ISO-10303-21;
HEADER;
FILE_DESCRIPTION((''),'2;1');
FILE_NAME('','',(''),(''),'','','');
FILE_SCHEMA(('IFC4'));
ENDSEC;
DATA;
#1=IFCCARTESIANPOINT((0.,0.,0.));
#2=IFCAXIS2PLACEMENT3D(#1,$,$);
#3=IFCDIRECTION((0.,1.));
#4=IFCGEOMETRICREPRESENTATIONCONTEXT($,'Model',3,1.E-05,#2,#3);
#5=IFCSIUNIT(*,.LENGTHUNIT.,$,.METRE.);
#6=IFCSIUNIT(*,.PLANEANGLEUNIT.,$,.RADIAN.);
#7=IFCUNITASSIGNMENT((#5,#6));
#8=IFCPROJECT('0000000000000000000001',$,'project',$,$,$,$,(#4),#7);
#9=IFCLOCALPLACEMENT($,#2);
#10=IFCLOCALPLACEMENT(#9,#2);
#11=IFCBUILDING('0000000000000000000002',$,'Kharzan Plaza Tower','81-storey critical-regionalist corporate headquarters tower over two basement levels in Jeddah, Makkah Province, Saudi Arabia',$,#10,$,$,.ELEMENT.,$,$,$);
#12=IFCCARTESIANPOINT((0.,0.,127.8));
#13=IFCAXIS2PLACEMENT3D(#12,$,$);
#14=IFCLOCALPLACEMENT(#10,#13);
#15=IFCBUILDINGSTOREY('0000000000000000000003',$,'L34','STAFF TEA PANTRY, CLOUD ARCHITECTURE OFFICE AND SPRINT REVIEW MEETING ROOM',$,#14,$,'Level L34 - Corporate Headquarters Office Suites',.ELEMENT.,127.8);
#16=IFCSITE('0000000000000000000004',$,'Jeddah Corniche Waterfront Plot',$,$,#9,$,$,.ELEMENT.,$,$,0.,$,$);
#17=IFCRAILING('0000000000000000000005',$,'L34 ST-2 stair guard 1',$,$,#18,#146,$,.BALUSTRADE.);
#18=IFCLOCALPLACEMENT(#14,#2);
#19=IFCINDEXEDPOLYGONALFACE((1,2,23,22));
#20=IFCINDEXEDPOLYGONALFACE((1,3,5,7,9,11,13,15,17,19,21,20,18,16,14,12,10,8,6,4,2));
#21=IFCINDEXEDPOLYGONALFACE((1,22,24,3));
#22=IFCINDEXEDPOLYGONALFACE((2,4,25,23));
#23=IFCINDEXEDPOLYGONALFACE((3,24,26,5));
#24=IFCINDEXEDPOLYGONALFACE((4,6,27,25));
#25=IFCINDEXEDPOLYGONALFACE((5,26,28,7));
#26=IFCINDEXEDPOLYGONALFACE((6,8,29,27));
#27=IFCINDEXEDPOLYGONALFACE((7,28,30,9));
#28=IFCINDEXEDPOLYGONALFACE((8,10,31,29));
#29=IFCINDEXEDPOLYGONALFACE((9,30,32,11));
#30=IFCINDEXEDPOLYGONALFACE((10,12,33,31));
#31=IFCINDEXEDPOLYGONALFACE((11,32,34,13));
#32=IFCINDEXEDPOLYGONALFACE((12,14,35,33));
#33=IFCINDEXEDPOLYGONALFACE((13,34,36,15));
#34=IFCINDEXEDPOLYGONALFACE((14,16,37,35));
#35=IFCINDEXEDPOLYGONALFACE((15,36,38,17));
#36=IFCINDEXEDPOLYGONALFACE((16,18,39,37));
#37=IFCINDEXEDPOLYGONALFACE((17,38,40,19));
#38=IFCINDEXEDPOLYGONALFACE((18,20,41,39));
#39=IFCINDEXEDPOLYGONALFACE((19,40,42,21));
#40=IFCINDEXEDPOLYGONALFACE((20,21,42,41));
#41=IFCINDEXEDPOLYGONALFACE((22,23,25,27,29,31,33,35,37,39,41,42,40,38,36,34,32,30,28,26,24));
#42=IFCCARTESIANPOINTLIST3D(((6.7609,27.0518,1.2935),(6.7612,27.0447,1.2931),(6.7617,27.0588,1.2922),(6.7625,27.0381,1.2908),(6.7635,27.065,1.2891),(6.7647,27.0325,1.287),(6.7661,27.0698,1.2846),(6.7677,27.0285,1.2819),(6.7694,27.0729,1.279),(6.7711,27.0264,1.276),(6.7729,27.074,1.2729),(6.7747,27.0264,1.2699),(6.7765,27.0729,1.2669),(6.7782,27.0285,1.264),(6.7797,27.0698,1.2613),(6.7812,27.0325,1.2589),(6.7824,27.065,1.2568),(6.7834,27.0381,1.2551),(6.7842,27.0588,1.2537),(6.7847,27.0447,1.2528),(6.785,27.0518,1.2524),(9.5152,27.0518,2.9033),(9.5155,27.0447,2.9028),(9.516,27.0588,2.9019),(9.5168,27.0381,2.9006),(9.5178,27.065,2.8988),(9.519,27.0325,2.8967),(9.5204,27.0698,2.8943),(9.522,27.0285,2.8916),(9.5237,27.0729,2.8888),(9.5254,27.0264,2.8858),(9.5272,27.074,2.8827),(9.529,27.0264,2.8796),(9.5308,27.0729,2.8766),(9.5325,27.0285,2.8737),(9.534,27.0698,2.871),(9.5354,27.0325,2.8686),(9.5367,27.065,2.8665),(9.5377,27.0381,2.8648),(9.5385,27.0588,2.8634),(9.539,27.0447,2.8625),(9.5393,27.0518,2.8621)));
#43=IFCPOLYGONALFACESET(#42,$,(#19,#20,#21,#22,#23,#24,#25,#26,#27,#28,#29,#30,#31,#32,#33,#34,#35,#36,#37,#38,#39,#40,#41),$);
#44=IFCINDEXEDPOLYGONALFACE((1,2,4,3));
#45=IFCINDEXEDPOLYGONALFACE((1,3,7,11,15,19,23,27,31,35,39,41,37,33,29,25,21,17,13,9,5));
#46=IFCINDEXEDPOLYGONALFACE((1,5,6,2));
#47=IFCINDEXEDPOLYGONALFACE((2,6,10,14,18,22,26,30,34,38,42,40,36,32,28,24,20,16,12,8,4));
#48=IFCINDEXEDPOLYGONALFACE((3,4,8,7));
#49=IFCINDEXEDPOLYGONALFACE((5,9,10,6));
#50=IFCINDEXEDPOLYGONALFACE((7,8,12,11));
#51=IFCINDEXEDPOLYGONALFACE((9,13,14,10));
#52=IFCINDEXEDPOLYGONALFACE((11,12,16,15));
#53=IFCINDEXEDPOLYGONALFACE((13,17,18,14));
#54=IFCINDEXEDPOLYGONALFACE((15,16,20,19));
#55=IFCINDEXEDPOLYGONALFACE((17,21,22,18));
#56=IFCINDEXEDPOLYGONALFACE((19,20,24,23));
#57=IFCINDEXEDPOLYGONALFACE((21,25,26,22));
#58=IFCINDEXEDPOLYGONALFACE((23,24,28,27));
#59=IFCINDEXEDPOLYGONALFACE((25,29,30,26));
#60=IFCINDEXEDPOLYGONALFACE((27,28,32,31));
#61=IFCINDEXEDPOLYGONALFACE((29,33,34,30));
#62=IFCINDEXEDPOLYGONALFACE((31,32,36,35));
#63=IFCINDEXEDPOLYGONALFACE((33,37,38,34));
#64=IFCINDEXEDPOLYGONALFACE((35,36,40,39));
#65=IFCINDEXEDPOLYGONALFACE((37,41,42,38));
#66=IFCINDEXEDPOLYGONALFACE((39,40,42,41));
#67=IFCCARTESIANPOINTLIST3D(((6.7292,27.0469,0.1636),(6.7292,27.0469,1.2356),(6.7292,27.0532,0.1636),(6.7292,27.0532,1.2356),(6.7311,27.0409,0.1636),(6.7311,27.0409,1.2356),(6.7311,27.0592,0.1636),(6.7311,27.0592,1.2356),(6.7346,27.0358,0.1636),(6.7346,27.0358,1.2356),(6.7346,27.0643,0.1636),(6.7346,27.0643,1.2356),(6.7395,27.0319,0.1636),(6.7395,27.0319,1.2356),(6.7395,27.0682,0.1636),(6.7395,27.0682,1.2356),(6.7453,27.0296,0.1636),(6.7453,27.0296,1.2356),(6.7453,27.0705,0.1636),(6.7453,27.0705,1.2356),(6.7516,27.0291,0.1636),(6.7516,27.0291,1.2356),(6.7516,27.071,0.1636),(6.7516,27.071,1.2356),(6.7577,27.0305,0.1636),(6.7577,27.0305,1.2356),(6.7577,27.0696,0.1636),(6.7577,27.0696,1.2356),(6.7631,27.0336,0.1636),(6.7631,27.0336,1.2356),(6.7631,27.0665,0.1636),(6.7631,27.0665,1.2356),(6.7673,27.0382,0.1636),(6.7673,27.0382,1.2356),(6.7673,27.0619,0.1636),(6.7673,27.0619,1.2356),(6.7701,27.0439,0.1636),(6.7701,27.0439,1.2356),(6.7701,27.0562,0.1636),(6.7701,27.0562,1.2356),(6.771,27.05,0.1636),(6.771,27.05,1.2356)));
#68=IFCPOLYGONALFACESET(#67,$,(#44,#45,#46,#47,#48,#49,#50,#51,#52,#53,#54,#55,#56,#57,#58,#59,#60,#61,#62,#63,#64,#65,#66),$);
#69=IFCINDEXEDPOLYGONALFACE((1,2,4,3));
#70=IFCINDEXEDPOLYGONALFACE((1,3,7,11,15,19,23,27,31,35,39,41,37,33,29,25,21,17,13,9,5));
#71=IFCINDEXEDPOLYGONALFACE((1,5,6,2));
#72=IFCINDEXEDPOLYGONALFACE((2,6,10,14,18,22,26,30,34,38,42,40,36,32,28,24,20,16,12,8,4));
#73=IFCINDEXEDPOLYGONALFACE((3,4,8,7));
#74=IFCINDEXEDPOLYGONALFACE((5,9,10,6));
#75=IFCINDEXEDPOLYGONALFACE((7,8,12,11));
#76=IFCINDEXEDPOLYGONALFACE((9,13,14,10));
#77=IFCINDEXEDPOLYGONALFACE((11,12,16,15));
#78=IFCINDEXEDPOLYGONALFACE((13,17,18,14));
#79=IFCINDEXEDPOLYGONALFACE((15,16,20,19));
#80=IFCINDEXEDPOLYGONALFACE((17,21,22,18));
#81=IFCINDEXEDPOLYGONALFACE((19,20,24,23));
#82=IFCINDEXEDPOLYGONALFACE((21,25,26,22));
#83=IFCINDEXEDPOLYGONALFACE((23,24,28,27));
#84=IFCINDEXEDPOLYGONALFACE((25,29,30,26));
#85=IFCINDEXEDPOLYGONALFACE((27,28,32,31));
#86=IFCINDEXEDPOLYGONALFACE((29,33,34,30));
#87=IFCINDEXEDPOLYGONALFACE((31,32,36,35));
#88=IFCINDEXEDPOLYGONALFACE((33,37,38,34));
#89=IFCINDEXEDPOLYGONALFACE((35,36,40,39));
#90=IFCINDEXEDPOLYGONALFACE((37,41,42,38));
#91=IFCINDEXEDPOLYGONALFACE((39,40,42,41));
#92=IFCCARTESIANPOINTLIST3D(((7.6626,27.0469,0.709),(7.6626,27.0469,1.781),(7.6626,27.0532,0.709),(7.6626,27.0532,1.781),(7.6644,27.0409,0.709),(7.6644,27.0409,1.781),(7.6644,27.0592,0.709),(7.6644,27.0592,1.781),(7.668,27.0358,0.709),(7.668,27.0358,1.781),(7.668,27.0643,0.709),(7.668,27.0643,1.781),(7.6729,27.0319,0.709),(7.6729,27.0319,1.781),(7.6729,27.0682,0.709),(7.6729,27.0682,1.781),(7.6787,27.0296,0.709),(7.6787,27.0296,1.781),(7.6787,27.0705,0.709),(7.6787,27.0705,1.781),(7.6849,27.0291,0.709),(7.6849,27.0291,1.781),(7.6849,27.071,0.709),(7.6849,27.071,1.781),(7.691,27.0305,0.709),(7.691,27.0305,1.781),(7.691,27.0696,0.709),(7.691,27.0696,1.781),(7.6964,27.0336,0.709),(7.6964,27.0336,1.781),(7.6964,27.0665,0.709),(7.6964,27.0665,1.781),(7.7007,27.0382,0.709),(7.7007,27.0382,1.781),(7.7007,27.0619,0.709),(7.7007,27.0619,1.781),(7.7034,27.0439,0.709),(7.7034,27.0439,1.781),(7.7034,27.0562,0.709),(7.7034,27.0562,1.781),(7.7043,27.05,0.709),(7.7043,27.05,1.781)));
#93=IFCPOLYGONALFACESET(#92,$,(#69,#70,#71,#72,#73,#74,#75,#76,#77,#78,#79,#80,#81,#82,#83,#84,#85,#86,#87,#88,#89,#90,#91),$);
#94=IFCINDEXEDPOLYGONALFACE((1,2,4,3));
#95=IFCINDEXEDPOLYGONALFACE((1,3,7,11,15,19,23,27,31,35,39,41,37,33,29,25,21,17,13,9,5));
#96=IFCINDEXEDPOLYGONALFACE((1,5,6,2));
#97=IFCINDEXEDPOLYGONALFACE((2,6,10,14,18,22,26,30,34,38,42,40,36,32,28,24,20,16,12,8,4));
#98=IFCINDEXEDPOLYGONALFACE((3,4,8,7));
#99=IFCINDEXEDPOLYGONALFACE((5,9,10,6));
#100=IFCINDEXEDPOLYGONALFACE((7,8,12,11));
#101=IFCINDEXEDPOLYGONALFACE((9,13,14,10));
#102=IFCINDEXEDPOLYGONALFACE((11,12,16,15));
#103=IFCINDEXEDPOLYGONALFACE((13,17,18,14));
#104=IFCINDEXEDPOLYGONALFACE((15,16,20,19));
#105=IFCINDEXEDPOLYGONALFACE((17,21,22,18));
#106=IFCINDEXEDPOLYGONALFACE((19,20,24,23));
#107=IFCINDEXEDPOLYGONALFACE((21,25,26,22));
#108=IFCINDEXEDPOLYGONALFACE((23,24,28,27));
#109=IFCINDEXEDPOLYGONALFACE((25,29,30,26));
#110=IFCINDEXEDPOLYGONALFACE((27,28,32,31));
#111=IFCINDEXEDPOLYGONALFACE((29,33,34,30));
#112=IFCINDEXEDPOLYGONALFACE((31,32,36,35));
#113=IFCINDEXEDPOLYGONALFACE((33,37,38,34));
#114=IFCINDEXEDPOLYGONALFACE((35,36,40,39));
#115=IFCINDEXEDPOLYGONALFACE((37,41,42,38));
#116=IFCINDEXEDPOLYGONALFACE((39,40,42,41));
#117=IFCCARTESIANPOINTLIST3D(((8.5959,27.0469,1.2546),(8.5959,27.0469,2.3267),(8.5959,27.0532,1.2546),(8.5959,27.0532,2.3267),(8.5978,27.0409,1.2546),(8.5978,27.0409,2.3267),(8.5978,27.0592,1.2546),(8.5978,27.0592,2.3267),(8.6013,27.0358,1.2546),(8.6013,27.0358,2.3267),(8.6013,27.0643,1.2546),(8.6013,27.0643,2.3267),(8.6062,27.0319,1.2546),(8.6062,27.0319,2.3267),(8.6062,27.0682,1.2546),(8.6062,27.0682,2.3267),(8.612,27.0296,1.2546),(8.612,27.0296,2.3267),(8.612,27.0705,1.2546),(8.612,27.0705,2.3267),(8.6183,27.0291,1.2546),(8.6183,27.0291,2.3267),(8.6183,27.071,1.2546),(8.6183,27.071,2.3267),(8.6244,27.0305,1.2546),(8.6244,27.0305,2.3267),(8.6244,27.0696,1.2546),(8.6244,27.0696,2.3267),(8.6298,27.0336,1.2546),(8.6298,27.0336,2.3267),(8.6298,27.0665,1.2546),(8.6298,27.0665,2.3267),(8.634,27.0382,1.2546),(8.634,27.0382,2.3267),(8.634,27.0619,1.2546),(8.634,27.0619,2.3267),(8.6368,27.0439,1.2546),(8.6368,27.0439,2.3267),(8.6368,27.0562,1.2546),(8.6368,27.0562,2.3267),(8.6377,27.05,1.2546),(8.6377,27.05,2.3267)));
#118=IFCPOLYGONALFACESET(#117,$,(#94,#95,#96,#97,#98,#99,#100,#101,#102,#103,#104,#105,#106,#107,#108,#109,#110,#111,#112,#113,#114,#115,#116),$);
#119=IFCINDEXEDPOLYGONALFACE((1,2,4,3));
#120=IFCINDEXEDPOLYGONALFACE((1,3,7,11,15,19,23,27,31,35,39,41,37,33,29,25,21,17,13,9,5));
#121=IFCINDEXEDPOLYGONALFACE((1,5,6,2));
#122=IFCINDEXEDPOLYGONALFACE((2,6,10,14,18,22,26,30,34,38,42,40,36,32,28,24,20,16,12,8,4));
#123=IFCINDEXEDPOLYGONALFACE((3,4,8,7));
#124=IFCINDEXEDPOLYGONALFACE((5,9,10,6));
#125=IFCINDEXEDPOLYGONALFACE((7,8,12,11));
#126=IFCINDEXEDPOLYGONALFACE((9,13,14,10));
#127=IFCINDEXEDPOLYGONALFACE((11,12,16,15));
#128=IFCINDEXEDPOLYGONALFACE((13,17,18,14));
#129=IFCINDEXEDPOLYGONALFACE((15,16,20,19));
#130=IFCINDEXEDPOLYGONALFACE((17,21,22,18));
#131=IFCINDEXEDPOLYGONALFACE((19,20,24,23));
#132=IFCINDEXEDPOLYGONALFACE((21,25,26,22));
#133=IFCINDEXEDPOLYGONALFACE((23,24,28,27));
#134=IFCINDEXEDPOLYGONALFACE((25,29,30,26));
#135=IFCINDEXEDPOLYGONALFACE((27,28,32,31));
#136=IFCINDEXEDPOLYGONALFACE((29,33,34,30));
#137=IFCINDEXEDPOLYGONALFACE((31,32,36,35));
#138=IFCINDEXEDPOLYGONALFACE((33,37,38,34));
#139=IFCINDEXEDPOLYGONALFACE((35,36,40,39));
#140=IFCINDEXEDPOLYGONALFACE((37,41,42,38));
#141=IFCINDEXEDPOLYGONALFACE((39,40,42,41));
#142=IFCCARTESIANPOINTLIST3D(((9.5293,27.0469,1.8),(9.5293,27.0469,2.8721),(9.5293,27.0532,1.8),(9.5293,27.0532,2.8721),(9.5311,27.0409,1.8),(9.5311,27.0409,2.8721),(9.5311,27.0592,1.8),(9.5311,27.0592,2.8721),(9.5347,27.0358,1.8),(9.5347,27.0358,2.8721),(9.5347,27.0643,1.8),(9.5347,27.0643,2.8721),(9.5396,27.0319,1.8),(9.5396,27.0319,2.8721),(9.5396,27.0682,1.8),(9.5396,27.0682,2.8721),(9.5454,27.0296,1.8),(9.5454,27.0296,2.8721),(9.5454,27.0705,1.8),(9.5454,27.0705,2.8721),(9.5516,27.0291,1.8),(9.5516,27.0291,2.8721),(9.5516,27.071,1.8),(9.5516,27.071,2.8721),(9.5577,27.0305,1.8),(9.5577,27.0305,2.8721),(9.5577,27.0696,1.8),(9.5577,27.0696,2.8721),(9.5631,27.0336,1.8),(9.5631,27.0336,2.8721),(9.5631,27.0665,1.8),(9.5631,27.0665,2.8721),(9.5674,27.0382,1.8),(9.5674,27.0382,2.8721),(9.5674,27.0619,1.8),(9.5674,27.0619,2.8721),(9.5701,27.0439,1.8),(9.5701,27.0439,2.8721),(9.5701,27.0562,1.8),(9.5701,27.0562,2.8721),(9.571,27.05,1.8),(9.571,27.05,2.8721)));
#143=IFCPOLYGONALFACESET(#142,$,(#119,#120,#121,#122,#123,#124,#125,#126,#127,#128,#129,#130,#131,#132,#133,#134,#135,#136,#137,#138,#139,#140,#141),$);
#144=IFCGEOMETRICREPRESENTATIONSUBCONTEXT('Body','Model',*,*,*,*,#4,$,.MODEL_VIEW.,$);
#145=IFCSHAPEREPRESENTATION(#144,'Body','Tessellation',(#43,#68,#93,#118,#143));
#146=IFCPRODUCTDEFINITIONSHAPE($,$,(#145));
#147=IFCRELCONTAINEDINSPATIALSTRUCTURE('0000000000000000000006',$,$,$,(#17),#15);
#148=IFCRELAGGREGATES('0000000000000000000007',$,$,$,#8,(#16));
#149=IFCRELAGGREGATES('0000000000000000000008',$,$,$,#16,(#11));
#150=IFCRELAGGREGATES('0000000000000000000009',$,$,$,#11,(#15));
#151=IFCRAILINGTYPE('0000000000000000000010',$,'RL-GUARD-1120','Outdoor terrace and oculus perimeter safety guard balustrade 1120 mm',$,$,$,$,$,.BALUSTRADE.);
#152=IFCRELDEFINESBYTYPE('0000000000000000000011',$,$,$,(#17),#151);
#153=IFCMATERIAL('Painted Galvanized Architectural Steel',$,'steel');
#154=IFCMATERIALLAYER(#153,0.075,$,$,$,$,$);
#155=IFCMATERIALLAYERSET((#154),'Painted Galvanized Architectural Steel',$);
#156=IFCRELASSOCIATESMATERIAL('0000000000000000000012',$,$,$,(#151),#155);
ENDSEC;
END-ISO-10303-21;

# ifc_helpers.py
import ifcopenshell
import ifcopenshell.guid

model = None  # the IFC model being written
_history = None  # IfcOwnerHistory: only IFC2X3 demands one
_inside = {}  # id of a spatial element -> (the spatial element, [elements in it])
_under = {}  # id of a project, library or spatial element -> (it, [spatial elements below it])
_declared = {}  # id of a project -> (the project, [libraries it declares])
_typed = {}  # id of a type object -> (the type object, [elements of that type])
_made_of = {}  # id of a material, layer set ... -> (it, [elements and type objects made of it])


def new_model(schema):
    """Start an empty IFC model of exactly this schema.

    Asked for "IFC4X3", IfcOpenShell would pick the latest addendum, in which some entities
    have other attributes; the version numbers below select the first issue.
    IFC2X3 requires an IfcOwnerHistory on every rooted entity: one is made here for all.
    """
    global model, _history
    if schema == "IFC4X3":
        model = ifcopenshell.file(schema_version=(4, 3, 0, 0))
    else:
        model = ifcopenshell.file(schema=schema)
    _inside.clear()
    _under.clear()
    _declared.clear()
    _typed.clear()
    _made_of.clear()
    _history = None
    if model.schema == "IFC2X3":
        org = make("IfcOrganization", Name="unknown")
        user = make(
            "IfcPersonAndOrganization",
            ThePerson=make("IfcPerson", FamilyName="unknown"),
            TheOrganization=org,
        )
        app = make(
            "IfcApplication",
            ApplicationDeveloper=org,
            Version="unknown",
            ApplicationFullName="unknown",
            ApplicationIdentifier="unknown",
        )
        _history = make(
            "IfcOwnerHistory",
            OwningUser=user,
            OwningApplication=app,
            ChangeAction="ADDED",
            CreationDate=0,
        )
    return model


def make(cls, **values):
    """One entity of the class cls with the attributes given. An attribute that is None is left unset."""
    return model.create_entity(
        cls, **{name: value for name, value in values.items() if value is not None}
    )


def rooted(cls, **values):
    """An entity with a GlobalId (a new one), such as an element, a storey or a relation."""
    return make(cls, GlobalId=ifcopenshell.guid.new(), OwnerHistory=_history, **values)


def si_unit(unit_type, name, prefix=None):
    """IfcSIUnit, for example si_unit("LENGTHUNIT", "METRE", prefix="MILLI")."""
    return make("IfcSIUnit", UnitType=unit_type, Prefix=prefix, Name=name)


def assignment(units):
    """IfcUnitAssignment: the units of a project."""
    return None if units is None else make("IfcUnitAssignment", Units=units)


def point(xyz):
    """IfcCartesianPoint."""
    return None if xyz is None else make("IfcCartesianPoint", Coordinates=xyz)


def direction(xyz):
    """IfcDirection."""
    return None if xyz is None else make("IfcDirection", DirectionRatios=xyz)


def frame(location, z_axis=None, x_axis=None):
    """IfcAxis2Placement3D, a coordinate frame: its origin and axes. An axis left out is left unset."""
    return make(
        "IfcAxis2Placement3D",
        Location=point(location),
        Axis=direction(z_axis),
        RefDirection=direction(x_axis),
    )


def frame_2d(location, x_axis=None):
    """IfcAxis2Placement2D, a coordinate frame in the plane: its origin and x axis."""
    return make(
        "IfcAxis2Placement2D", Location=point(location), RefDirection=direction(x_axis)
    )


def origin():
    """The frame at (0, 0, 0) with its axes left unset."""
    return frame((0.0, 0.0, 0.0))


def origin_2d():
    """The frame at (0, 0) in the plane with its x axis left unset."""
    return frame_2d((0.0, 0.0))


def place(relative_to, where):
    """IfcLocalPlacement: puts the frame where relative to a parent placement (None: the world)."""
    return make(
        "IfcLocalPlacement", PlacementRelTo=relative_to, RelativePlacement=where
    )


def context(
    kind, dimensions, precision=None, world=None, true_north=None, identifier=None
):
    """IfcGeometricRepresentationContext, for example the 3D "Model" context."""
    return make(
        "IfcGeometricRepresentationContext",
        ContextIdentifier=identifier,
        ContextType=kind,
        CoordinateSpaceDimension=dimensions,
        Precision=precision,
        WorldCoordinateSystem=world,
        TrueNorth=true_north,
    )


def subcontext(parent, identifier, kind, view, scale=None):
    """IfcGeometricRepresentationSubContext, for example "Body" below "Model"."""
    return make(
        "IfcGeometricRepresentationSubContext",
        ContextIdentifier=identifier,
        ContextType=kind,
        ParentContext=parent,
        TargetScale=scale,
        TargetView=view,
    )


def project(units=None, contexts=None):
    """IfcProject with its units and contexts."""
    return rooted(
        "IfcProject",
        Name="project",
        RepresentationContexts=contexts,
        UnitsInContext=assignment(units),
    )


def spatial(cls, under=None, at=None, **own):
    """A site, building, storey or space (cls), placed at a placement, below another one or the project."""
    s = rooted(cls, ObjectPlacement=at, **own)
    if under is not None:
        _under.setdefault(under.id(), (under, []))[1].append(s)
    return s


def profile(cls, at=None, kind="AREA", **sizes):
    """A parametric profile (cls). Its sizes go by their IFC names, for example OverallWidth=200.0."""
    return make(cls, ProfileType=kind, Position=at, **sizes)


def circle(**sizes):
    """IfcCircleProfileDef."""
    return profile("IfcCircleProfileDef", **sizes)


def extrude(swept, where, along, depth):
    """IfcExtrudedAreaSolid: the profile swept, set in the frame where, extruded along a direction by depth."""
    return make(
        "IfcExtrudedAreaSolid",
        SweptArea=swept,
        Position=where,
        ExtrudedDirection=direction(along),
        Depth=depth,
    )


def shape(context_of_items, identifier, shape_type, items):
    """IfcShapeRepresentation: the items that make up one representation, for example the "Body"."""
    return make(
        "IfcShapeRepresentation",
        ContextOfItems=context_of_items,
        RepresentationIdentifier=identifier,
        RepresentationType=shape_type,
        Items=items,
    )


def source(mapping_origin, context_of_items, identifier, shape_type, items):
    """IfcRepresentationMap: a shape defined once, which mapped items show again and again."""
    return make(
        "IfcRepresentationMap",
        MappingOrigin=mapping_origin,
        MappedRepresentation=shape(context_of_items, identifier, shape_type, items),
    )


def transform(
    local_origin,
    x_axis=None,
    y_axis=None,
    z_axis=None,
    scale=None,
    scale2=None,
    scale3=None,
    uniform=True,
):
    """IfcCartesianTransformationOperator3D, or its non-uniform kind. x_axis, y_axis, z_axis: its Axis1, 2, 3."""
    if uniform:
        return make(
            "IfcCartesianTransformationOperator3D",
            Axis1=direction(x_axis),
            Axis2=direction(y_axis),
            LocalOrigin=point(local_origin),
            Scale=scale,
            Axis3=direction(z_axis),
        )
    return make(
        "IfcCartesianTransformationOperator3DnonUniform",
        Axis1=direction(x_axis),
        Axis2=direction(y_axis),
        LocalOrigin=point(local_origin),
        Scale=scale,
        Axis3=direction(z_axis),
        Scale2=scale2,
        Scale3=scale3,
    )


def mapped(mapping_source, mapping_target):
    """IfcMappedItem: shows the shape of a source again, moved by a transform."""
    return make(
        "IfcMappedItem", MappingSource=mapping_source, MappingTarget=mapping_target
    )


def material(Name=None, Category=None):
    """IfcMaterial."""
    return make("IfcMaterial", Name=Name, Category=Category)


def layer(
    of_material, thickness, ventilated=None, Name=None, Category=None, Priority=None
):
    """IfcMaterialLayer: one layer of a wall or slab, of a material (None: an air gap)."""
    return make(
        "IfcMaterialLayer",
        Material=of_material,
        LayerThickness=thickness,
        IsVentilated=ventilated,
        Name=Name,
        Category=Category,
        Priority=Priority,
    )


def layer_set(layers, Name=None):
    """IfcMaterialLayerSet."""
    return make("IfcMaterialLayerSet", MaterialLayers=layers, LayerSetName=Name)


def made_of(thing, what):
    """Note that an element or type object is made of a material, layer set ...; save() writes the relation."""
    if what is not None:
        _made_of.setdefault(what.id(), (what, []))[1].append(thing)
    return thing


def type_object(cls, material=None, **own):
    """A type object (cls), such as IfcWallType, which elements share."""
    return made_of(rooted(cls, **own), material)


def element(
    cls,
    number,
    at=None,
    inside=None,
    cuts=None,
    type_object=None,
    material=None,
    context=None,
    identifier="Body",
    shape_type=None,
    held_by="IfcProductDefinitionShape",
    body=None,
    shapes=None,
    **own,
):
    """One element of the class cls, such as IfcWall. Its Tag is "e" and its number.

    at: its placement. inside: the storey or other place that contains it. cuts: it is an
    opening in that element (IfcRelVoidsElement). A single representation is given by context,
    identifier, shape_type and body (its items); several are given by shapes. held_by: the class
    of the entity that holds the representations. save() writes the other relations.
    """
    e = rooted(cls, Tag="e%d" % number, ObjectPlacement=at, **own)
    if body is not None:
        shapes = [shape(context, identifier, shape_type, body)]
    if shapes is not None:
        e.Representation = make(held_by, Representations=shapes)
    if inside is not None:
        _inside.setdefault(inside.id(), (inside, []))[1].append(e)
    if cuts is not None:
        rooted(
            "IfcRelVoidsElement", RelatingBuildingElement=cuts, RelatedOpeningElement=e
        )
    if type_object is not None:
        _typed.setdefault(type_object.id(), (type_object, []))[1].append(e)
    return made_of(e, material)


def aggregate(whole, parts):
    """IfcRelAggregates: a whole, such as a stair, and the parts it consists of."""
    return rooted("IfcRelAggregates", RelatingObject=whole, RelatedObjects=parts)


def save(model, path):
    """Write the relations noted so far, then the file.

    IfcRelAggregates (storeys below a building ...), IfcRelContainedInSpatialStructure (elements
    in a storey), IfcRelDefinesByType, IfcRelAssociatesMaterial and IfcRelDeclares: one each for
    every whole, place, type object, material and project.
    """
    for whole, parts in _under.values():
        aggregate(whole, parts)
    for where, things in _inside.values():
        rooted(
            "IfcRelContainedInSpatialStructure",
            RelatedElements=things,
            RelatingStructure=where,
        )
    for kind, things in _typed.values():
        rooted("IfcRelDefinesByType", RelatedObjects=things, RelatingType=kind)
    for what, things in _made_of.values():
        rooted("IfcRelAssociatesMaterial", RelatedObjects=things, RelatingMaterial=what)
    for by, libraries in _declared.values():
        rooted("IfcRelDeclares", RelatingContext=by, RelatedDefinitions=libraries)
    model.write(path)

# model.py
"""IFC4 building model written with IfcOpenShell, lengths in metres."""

from ifc_helpers import new_model, si_unit, direction, frame, origin, origin_2d, place, context, subcontext, project, spatial, circle, extrude, source, transform, mapped, material, layer, layer_set, type_object, element, save


model = new_model("IFC4")

# Units and contexts
model_context = context("Model", 3, precision=1e-05, world=origin(), true_north=direction((0.0, 1.0)))
body_context = subcontext(model_context, "Body", "Model", "MODEL_VIEW")
ifc_project = project(units=[si_unit("LENGTHUNIT", "METRE"), si_unit("PLANEANGLEUNIT", "RADIAN")], contexts=[model_context])

# Site, building, storey
site_placement = place(None, origin())
site = spatial("IfcSite", under=ifc_project, at=site_placement, Name="Jeddah Corniche Waterfront Plot", CompositionType="ELEMENT", RefElevation=0.0)
building_placement = place(site_placement, origin())
building = spatial("IfcBuilding", under=site, at=building_placement, Name="Kharzan Plaza Tower", Description="81-storey critical-regionalist corporate headquarters tower over two basement levels in Jeddah, Makkah Province, Saudi Arabia", CompositionType="ELEMENT")
storey_placement = place(building_placement, frame((0.0, 0.0, 127.8)))
storey = spatial("IfcBuildingStorey", under=building, at=storey_placement, Name="L34", Description="STAFF TEA PANTRY, CLOUD ARCHITECTURE OFFICE AND SPRINT REVIEW MEETING ROOM", LongName="Level L34 - Corporate Headquarters Office Suites", CompositionType="ELEMENT", Elevation=127.8)

# Railing
ifc_material_1 = material(Name="Painted Galvanized Architectural Steel", Category="steel")
ifc_layer_1 = layer(ifc_material_1, 0.075)
ifc_layer_set_1 = layer_set([ifc_layer_1], Name="Painted Galvanized Architectural Steel")
railing_type_1 = type_object("IfcRailingType", Name="RL-GUARD-1120", Description="Outdoor terrace and oculus perimeter safety guard balustrade 1120 mm", PredefinedType="BALUSTRADE", material=ifc_layer_set_1)
shared_shape_1 = source(origin(), body_context, "Body", "SweptSolid", [
    extrude(circle(Radius=0.0239, at=origin_2d()), frame((0.0229, 0.0, 1.1094), z_axis=(0.863361, 0.0, 0.504587), x_axis=(0.0, 1.0, 0.0)), (0.0, 0.0, 1.0), 3.1902),
    extrude(circle(Radius=0.021, at=origin_2d()), origin(), (0.0, 0.0, 1.0), 1.072),
    extrude(circle(Radius=0.021, at=origin_2d()), frame((0.9333, 0.0, 0.5454)), (0.0, 0.0, 1.0), 1.072),
    extrude(circle(Radius=0.021, at=origin_2d()), frame((1.8667, 0.0, 1.0911)), (0.0, 0.0, 1.0), 1.072),
    extrude(circle(Radius=0.021, at=origin_2d()), frame((2.8, 0.0, 1.6365)), (0.0, 0.0, 1.0), 1.072),
])
railing_1_placement = place(storey_placement, frame((6.75, 27.05, 0.1636)))
element("IfcRailing", 1, at=railing_1_placement, inside=storey, type_object=railing_type_1, Name="L34 ST-2 stair guard 1", PredefinedType="BALUSTRADE", context=body_context, shape_type="MappedRepresentation", body=[
    mapped(shared_shape_1, transform((0.0, 0.0, 0.0), x_axis=(1.0, 0.0, 0.0), y_axis=(0.0, 1.0, 0.0), z_axis=(0.0, 0.0, 1.0))),
])

save(model, "model.ifc")
